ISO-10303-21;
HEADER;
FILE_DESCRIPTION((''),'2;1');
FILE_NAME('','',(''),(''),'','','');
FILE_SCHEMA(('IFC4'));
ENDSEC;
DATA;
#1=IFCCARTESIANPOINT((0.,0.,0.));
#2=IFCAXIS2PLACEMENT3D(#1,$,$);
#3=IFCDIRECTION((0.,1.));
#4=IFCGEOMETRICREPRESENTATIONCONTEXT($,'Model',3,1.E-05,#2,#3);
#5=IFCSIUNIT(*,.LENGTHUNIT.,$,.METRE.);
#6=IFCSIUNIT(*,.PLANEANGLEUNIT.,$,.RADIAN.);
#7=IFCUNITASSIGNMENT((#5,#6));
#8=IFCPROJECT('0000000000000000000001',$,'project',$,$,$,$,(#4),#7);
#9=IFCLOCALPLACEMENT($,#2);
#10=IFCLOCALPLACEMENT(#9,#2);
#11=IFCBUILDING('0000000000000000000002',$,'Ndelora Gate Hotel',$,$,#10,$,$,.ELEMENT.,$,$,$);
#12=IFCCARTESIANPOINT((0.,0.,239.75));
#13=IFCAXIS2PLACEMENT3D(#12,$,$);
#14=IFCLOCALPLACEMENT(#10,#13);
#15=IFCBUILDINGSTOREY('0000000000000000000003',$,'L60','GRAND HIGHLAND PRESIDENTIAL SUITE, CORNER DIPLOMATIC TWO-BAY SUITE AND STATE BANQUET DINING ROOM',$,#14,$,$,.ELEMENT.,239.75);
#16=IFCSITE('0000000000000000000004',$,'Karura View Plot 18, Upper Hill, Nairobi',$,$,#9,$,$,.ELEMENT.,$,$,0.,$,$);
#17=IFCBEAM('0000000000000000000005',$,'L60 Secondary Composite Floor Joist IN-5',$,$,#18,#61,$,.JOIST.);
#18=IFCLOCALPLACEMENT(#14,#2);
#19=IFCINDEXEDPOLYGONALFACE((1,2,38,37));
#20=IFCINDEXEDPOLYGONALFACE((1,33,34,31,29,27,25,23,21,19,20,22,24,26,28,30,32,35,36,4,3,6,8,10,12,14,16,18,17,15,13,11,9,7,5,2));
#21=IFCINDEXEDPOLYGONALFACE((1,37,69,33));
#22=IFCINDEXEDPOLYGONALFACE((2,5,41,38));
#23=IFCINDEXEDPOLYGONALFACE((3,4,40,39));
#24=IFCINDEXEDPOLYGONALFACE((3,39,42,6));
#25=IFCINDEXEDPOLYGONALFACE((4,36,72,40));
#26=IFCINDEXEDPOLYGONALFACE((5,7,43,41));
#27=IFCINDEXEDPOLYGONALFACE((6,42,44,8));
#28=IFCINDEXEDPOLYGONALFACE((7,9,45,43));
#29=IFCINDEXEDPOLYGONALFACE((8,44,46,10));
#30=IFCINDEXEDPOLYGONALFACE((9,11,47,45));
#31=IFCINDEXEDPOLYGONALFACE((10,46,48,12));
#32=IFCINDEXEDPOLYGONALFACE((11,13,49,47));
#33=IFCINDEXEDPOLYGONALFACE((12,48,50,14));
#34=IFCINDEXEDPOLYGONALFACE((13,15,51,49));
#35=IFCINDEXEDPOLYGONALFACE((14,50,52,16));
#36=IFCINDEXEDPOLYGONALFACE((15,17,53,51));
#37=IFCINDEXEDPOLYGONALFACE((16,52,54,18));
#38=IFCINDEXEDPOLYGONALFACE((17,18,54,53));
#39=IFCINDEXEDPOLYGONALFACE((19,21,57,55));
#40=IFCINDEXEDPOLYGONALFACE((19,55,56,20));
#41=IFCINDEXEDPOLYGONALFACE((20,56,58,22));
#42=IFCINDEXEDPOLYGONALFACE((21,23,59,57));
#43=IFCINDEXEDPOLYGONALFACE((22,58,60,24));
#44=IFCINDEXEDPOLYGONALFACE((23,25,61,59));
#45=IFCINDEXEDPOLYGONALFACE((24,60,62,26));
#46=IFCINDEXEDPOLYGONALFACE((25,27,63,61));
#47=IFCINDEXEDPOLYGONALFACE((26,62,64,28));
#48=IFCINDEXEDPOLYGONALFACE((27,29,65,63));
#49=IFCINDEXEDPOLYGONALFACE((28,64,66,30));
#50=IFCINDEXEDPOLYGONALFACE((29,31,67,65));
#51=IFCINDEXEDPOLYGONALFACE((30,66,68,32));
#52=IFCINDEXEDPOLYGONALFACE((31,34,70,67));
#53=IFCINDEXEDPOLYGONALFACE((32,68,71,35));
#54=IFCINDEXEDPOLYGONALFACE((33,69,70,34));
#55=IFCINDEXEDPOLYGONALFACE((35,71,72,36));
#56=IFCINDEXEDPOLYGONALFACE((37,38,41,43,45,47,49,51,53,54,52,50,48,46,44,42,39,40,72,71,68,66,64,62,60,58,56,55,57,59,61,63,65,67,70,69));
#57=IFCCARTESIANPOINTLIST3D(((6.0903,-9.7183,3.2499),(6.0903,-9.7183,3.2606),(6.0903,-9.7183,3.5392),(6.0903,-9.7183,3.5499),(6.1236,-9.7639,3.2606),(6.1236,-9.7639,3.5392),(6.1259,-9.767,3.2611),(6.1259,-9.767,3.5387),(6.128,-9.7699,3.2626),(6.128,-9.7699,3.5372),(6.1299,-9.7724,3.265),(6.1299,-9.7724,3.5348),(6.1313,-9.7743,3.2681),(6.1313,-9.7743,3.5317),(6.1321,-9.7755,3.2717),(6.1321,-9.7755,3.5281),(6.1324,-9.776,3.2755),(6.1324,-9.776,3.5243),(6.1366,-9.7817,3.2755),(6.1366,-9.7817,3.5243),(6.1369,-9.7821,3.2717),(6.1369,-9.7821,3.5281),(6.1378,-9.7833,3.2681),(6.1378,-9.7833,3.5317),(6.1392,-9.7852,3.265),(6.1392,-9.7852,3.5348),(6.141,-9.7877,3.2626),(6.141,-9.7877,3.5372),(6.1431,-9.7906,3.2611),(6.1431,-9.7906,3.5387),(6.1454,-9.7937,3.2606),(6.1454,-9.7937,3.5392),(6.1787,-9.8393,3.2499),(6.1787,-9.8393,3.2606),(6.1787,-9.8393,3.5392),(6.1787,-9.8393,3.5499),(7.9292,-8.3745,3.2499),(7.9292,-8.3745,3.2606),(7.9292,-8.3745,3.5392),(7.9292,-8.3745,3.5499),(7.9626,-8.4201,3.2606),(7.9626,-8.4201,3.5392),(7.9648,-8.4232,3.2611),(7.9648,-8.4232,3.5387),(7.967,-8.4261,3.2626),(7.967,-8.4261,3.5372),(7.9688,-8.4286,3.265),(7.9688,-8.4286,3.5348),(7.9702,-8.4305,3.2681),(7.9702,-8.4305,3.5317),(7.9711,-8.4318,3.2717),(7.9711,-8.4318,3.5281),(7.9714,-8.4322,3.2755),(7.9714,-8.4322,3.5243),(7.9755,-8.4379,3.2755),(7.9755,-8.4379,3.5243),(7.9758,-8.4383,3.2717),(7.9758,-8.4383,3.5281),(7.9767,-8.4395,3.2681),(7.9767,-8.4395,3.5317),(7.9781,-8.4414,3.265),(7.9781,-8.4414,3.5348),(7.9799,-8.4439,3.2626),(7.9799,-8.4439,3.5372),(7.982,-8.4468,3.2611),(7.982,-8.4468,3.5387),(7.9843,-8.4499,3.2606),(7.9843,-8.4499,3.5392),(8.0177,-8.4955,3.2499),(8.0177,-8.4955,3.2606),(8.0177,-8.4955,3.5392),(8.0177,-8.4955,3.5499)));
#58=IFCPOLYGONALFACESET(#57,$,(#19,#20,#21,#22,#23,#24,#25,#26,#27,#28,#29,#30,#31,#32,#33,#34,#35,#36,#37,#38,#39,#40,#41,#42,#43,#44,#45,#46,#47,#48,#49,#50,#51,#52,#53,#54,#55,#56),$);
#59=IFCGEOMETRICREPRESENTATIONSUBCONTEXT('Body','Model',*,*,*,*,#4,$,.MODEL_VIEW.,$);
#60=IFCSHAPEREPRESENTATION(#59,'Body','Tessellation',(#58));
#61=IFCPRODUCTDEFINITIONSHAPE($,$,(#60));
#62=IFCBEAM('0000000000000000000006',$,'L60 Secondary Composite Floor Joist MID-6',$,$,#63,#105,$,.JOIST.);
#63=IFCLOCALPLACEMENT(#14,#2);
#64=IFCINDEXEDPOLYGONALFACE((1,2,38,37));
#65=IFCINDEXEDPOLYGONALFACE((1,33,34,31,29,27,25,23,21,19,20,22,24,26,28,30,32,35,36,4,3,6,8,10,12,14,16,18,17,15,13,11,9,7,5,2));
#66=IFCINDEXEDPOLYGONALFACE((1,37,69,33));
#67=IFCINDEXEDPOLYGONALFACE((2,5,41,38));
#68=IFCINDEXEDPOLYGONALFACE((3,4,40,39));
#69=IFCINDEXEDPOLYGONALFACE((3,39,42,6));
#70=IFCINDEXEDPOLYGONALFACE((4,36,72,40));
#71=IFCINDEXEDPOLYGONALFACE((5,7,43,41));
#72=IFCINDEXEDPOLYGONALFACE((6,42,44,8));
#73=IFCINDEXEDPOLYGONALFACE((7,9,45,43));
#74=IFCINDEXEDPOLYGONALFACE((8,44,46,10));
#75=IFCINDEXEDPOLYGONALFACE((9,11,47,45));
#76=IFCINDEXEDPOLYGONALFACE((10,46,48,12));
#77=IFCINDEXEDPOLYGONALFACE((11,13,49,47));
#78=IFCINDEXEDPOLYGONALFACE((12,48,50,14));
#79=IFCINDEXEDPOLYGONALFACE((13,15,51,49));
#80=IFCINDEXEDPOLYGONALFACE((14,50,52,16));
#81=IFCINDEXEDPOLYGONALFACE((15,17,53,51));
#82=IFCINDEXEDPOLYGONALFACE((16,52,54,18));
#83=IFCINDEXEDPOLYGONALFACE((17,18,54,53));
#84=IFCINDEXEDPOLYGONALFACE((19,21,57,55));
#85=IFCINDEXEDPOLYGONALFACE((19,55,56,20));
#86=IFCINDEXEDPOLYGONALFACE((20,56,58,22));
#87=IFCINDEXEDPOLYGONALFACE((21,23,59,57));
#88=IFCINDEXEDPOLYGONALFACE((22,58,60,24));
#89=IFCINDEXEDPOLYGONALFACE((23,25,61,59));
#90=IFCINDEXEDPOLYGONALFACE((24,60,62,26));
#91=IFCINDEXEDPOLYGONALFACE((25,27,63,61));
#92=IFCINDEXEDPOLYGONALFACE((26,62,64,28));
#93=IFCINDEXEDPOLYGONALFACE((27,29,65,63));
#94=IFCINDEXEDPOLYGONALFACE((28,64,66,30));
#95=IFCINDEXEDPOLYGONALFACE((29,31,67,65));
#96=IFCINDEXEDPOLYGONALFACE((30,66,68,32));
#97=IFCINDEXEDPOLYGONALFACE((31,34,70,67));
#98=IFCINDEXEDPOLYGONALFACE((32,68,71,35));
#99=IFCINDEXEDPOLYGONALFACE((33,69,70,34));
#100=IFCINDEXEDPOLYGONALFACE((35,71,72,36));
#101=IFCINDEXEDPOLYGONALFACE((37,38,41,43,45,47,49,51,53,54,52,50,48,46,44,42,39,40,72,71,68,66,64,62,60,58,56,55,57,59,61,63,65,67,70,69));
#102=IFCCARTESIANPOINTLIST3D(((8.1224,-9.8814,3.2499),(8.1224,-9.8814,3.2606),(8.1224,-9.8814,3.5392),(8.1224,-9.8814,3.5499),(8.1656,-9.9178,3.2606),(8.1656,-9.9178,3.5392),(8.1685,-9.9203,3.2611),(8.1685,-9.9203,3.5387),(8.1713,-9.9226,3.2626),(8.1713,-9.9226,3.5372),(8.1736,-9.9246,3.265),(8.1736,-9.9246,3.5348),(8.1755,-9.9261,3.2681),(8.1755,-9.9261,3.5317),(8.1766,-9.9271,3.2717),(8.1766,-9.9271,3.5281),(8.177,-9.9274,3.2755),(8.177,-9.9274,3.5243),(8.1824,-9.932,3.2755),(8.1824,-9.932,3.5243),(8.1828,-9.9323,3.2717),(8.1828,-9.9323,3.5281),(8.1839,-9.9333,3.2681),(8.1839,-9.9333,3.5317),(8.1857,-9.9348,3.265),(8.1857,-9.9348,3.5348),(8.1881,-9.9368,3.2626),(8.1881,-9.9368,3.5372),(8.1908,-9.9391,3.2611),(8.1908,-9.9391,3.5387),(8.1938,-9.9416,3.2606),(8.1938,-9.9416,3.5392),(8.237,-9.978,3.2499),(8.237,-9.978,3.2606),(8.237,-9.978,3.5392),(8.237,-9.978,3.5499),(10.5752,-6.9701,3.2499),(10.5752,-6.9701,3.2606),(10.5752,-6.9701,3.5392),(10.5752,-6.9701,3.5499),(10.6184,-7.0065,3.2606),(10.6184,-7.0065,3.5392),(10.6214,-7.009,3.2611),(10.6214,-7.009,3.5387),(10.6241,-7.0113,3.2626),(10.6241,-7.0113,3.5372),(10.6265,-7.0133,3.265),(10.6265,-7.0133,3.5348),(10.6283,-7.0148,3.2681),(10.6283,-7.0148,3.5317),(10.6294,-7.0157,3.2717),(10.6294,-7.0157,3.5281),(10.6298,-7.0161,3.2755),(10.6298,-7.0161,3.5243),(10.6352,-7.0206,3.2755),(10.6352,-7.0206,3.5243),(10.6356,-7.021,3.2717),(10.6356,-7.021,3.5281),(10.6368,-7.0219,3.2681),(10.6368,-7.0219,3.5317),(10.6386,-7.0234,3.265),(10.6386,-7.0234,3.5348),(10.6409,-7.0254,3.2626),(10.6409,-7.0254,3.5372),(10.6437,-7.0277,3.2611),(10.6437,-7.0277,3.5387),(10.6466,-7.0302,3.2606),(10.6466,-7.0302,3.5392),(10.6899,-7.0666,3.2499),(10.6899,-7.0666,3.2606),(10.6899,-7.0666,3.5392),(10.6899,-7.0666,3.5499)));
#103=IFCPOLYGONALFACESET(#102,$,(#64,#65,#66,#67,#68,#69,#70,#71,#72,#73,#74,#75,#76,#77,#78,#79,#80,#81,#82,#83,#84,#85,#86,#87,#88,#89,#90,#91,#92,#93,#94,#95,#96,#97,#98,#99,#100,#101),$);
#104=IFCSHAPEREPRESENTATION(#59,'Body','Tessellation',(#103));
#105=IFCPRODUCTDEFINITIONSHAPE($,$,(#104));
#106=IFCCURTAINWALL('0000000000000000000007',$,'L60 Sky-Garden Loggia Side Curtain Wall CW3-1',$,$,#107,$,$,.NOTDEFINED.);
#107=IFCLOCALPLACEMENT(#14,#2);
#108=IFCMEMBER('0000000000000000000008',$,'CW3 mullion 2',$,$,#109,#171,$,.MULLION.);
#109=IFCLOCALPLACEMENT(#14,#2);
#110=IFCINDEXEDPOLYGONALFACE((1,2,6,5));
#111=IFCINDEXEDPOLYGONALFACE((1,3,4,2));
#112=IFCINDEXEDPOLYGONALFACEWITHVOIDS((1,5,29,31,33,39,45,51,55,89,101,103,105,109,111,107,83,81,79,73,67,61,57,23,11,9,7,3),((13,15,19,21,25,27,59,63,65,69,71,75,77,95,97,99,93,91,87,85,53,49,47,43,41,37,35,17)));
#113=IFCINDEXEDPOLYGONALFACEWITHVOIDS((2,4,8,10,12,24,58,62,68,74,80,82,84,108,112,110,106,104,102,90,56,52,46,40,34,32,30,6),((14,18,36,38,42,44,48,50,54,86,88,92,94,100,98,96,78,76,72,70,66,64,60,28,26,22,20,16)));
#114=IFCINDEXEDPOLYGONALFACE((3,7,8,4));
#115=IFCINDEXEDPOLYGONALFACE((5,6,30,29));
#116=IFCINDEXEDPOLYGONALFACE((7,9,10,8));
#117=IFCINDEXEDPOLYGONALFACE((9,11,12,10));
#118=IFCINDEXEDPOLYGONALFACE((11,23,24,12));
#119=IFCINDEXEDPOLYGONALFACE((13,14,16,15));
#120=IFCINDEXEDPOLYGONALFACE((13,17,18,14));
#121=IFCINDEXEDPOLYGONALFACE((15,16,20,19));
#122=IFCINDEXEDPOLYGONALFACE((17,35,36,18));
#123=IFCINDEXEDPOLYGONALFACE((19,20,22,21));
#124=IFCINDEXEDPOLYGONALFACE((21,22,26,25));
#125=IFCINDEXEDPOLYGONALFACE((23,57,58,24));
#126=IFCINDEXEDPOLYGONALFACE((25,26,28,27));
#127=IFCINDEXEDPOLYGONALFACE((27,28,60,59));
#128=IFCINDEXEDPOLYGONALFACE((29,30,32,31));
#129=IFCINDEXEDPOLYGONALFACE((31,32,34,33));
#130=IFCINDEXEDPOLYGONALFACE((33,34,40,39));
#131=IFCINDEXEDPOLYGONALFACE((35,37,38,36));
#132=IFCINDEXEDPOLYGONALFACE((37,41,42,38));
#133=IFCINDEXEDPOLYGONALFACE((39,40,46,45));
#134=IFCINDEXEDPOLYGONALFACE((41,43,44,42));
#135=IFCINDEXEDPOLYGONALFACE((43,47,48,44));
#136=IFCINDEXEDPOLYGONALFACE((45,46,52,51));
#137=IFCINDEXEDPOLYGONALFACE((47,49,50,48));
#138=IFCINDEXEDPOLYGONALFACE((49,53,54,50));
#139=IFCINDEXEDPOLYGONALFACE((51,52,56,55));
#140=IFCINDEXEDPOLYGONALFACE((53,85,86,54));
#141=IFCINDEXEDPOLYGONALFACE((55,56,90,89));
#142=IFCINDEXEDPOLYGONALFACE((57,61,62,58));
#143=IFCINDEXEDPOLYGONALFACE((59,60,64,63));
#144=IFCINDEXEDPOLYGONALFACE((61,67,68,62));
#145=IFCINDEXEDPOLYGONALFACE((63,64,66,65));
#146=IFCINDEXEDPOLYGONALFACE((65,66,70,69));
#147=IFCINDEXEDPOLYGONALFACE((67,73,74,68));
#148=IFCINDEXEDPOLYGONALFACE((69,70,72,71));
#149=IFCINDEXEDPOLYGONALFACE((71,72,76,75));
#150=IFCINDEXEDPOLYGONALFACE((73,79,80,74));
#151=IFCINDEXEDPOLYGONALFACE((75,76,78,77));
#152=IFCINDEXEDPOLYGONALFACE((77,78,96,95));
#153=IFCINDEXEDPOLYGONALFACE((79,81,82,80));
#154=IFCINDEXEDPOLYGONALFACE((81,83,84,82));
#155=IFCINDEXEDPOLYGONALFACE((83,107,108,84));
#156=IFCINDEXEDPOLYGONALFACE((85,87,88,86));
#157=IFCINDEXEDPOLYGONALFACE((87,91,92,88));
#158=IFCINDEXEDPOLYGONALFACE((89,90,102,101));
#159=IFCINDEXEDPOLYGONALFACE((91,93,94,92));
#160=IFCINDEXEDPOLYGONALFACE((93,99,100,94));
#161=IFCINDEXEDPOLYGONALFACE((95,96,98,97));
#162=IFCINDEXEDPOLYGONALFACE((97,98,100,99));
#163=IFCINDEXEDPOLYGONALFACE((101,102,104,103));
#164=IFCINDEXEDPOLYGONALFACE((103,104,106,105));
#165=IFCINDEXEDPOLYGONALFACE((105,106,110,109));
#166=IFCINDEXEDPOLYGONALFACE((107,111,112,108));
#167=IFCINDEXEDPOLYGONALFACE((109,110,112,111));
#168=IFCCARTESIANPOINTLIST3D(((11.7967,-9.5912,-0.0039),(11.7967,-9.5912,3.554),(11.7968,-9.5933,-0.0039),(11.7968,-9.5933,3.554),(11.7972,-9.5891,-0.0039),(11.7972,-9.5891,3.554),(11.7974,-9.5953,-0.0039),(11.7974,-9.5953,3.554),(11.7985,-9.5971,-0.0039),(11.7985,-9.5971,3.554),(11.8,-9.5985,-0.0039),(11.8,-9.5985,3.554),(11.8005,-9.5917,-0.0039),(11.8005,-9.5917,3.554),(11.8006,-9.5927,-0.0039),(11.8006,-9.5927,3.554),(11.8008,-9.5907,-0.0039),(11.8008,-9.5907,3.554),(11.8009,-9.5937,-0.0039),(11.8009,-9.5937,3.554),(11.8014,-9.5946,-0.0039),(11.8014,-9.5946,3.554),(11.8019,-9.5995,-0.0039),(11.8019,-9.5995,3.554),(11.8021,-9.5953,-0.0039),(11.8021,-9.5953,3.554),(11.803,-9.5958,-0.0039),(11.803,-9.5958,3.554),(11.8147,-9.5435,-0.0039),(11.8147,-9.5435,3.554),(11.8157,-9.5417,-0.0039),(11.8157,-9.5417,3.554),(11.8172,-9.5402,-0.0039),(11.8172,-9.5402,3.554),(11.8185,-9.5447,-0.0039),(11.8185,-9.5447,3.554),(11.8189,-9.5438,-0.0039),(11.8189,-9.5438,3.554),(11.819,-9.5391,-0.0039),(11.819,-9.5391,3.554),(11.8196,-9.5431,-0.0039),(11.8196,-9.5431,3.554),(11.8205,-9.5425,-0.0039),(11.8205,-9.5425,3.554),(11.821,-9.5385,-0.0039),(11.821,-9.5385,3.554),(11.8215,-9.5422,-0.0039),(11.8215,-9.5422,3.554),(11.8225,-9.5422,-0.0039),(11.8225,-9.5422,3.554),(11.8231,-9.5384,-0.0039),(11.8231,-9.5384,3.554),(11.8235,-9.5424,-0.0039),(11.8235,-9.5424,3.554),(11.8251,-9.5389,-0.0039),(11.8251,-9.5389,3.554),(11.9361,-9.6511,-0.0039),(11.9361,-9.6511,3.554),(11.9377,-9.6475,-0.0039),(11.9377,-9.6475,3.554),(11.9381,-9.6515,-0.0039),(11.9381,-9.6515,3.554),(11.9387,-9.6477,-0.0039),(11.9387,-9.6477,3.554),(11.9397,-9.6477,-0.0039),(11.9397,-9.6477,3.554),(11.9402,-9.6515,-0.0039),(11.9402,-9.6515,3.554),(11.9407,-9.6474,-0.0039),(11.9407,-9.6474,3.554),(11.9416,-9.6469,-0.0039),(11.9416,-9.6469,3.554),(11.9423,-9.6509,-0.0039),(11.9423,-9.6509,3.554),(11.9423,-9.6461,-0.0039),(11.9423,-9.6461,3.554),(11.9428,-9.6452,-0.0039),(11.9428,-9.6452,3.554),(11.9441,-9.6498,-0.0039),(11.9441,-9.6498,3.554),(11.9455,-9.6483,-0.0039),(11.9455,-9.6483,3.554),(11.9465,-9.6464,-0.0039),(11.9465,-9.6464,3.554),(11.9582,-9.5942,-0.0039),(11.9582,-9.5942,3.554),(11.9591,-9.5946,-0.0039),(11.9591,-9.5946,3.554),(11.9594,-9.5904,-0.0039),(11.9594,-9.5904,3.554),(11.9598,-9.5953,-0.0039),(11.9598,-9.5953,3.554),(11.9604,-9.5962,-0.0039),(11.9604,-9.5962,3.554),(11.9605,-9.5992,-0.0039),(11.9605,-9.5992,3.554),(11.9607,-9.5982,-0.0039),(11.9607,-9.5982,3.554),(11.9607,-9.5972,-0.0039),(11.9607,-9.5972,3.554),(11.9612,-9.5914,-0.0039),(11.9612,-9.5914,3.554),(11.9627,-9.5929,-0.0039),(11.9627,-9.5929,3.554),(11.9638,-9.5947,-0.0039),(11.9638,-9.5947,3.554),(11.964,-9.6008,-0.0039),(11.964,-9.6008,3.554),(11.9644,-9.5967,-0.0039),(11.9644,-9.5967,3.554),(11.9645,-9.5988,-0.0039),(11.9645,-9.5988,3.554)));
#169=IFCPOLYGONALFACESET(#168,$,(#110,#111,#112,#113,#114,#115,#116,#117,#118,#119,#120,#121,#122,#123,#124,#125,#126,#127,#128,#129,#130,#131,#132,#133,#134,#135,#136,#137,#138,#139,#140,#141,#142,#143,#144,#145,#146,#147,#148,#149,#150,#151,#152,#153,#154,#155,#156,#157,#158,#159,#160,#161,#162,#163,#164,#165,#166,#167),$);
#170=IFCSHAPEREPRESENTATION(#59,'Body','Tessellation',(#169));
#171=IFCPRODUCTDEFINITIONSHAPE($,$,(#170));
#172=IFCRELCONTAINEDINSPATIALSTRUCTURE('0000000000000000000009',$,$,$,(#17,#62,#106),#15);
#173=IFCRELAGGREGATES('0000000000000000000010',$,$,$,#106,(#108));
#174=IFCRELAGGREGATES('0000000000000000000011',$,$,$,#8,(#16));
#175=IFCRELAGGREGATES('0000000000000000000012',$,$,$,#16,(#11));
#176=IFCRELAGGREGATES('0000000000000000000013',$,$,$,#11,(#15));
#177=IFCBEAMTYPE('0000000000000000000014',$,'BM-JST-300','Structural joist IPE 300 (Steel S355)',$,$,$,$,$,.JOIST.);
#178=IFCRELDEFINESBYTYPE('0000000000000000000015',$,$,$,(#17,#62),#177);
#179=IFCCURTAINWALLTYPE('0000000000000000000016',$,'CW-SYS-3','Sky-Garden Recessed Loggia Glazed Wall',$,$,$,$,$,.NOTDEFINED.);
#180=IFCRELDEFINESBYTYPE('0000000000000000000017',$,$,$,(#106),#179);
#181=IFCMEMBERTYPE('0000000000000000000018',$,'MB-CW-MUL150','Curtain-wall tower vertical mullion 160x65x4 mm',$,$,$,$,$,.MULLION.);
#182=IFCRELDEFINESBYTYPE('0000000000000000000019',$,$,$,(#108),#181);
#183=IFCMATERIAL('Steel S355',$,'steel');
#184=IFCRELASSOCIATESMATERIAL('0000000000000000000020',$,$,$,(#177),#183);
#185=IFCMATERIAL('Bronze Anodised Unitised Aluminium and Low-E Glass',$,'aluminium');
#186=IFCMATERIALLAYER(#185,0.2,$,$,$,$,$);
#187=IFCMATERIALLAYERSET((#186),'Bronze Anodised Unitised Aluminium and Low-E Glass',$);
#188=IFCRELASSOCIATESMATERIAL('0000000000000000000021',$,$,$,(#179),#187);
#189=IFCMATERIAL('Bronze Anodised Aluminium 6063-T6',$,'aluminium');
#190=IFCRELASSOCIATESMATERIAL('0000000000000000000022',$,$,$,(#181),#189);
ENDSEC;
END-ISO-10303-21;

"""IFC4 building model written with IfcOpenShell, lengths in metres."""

from ifc_helpers import new_model, si_unit, direction, frame, origin, origin_2d, place, context, subcontext, project, spatial, hollow_rectangle, i_section, extrude, material, layer, layer_set, material_profile, profile_set, type_object, element, aggregate, save


model = new_model("IFC4")

# Units and contexts
model_context = context("Model", 3, precision=1e-05, world=origin(), true_north=direction((0.0, 1.0)))
body_context = subcontext(model_context, "Body", "Model", "MODEL_VIEW")
ifc_project = project(units=[si_unit("LENGTHUNIT", "METRE"), si_unit("PLANEANGLEUNIT", "RADIAN")], contexts=[model_context])

# Site, building, storey
site_placement = place(None, origin())
site = spatial("IfcSite", under=ifc_project, at=site_placement, Name="Karura View Plot 18, Upper Hill, Nairobi", CompositionType="ELEMENT", RefElevation=0.0)
building_placement = place(site_placement, origin())
building = spatial("IfcBuilding", under=site, at=building_placement, Name="Ndelora Gate Hotel", CompositionType="ELEMENT")
storey_placement = place(building_placement, frame((0.0, 0.0, 239.75)))
storey = spatial("IfcBuildingStorey", under=building, at=storey_placement, Name="L60", Description="GRAND HIGHLAND PRESIDENTIAL SUITE, CORNER DIPLOMATIC TWO-BAY SUITE AND STATE BANQUET DINING ROOM", CompositionType="ELEMENT", Elevation=239.75)

# Beams
ifc_material_1 = material(Name="Steel S355", Category="steel")
ifc_material_profile_1 = material_profile(ifc_material_1, i_section(OverallWidth=0.1499, OverallDepth=0.3, WebThickness=0.0071, FlangeThickness=0.0107, FilletRadius=0.0149, at=origin_2d()), Name="IPE 300")
ifc_profile_set_1 = profile_set([ifc_material_profile_1], Name="Steel S355")
beam_type = type_object("IfcBeamType", Name="BM-JST-300", Description="Structural joist IPE 300 (Steel S355)", PredefinedType="JOIST", material=ifc_profile_set_1)
beam_1_placement = place(storey_placement, frame((6.1345, -9.7788, 3.3999), z_axis=(0.807399, 0.590006, 0.0), x_axis=(-0.590006, 0.807399, 0.0)))
element("IfcBeam", 1, at=beam_1_placement, inside=storey, type_object=beam_type, Name="L60 Secondary Composite Floor Joist IN-5", PredefinedType="JOIST", context=body_context, shape_type="SweptSolid", body=[
    extrude(i_section(OverallWidth=0.1499, OverallDepth=0.3, WebThickness=0.0071, FlangeThickness=0.0107, FilletRadius=0.0149, at=origin_2d()), origin(), (0.0, 0.0, 1.0), 2.2776),
])
beam_2_placement = place(storey_placement, frame((8.1797, -9.9297, 3.3999), z_axis=(0.644319, 0.764757, 0.0), x_axis=(-0.764757, 0.644319, 0.0)))
element("IfcBeam", 2, at=beam_2_placement, inside=storey, type_object=beam_type, Name="L60 Secondary Composite Floor Joist MID-6", PredefinedType="JOIST", context=body_context, shape_type="SweptSolid", body=[
    extrude(i_section(OverallWidth=0.1499, OverallDepth=0.3, WebThickness=0.0071, FlangeThickness=0.0107, FilletRadius=0.0149, at=origin_2d()), origin(), (0.0, 0.0, 1.0), 3.8069),
])

# Curtain wall, member
ifc_material_2 = material(Name="Bronze Anodised Unitised Aluminium and Low-E Glass", Category="aluminium")
ifc_layer_1 = layer(ifc_material_2, 0.2)
ifc_layer_set_1 = layer_set([ifc_layer_1], Name="Bronze Anodised Unitised Aluminium and Low-E Glass")
curtain_wall_type = type_object("IfcCurtainWallType", Name="CW-SYS-3", Description="Sky-Garden Recessed Loggia Glazed Wall", PredefinedType="NOTDEFINED", material=ifc_layer_set_1)
curtain_wall_placement = place(storey_placement, origin())
curtain_wall = element("IfcCurtainWall", 3, at=curtain_wall_placement, inside=storey, type_object=curtain_wall_type, Name="L60 Sky-Garden Loggia Side Curtain Wall CW3-1", PredefinedType="NOTDEFINED")
ifc_material_3 = material(Name="Bronze Anodised Aluminium 6063-T6", Category="aluminium")
ifc_material_profile_2 = material_profile(ifc_material_3, hollow_rectangle(XDim=0.0649, YDim=0.1599, WallThickness=0.0039, InnerFilletRadius=0.0039, OuterFilletRadius=0.0081, at=origin_2d()), Name="ALU 160x65x4")
ifc_profile_set_2 = profile_set([ifc_material_profile_2], Name="Bronze Anodised Aluminium 6063-T6")
member_type_1 = type_object("IfcMemberType", Name="MB-CW-MUL150", Description="Curtain-wall tower vertical mullion 160x65x4 mm", PredefinedType="MULLION", material=ifc_profile_set_2)
member_1_placement = place(storey_placement, frame((11.8806, -9.595, -0.0039), z_axis=(0.0, 0.0, 1.0), x_axis=(0.358376, 0.933577, 0.0)))
member_1 = element("IfcMember", 4, at=member_1_placement, type_object=member_type_1, Name="CW3 mullion 2", PredefinedType="MULLION", context=body_context, shape_type="SweptSolid", body=[
    extrude(hollow_rectangle(XDim=0.0649, YDim=0.1599, WallThickness=0.0039, InnerFilletRadius=0.0039, OuterFilletRadius=0.0081, at=origin_2d()), origin(), (0.0, 0.0, 1.0), 3.5579),
])
aggregate(curtain_wall, [member_1])

save(model, "model.ifc")
